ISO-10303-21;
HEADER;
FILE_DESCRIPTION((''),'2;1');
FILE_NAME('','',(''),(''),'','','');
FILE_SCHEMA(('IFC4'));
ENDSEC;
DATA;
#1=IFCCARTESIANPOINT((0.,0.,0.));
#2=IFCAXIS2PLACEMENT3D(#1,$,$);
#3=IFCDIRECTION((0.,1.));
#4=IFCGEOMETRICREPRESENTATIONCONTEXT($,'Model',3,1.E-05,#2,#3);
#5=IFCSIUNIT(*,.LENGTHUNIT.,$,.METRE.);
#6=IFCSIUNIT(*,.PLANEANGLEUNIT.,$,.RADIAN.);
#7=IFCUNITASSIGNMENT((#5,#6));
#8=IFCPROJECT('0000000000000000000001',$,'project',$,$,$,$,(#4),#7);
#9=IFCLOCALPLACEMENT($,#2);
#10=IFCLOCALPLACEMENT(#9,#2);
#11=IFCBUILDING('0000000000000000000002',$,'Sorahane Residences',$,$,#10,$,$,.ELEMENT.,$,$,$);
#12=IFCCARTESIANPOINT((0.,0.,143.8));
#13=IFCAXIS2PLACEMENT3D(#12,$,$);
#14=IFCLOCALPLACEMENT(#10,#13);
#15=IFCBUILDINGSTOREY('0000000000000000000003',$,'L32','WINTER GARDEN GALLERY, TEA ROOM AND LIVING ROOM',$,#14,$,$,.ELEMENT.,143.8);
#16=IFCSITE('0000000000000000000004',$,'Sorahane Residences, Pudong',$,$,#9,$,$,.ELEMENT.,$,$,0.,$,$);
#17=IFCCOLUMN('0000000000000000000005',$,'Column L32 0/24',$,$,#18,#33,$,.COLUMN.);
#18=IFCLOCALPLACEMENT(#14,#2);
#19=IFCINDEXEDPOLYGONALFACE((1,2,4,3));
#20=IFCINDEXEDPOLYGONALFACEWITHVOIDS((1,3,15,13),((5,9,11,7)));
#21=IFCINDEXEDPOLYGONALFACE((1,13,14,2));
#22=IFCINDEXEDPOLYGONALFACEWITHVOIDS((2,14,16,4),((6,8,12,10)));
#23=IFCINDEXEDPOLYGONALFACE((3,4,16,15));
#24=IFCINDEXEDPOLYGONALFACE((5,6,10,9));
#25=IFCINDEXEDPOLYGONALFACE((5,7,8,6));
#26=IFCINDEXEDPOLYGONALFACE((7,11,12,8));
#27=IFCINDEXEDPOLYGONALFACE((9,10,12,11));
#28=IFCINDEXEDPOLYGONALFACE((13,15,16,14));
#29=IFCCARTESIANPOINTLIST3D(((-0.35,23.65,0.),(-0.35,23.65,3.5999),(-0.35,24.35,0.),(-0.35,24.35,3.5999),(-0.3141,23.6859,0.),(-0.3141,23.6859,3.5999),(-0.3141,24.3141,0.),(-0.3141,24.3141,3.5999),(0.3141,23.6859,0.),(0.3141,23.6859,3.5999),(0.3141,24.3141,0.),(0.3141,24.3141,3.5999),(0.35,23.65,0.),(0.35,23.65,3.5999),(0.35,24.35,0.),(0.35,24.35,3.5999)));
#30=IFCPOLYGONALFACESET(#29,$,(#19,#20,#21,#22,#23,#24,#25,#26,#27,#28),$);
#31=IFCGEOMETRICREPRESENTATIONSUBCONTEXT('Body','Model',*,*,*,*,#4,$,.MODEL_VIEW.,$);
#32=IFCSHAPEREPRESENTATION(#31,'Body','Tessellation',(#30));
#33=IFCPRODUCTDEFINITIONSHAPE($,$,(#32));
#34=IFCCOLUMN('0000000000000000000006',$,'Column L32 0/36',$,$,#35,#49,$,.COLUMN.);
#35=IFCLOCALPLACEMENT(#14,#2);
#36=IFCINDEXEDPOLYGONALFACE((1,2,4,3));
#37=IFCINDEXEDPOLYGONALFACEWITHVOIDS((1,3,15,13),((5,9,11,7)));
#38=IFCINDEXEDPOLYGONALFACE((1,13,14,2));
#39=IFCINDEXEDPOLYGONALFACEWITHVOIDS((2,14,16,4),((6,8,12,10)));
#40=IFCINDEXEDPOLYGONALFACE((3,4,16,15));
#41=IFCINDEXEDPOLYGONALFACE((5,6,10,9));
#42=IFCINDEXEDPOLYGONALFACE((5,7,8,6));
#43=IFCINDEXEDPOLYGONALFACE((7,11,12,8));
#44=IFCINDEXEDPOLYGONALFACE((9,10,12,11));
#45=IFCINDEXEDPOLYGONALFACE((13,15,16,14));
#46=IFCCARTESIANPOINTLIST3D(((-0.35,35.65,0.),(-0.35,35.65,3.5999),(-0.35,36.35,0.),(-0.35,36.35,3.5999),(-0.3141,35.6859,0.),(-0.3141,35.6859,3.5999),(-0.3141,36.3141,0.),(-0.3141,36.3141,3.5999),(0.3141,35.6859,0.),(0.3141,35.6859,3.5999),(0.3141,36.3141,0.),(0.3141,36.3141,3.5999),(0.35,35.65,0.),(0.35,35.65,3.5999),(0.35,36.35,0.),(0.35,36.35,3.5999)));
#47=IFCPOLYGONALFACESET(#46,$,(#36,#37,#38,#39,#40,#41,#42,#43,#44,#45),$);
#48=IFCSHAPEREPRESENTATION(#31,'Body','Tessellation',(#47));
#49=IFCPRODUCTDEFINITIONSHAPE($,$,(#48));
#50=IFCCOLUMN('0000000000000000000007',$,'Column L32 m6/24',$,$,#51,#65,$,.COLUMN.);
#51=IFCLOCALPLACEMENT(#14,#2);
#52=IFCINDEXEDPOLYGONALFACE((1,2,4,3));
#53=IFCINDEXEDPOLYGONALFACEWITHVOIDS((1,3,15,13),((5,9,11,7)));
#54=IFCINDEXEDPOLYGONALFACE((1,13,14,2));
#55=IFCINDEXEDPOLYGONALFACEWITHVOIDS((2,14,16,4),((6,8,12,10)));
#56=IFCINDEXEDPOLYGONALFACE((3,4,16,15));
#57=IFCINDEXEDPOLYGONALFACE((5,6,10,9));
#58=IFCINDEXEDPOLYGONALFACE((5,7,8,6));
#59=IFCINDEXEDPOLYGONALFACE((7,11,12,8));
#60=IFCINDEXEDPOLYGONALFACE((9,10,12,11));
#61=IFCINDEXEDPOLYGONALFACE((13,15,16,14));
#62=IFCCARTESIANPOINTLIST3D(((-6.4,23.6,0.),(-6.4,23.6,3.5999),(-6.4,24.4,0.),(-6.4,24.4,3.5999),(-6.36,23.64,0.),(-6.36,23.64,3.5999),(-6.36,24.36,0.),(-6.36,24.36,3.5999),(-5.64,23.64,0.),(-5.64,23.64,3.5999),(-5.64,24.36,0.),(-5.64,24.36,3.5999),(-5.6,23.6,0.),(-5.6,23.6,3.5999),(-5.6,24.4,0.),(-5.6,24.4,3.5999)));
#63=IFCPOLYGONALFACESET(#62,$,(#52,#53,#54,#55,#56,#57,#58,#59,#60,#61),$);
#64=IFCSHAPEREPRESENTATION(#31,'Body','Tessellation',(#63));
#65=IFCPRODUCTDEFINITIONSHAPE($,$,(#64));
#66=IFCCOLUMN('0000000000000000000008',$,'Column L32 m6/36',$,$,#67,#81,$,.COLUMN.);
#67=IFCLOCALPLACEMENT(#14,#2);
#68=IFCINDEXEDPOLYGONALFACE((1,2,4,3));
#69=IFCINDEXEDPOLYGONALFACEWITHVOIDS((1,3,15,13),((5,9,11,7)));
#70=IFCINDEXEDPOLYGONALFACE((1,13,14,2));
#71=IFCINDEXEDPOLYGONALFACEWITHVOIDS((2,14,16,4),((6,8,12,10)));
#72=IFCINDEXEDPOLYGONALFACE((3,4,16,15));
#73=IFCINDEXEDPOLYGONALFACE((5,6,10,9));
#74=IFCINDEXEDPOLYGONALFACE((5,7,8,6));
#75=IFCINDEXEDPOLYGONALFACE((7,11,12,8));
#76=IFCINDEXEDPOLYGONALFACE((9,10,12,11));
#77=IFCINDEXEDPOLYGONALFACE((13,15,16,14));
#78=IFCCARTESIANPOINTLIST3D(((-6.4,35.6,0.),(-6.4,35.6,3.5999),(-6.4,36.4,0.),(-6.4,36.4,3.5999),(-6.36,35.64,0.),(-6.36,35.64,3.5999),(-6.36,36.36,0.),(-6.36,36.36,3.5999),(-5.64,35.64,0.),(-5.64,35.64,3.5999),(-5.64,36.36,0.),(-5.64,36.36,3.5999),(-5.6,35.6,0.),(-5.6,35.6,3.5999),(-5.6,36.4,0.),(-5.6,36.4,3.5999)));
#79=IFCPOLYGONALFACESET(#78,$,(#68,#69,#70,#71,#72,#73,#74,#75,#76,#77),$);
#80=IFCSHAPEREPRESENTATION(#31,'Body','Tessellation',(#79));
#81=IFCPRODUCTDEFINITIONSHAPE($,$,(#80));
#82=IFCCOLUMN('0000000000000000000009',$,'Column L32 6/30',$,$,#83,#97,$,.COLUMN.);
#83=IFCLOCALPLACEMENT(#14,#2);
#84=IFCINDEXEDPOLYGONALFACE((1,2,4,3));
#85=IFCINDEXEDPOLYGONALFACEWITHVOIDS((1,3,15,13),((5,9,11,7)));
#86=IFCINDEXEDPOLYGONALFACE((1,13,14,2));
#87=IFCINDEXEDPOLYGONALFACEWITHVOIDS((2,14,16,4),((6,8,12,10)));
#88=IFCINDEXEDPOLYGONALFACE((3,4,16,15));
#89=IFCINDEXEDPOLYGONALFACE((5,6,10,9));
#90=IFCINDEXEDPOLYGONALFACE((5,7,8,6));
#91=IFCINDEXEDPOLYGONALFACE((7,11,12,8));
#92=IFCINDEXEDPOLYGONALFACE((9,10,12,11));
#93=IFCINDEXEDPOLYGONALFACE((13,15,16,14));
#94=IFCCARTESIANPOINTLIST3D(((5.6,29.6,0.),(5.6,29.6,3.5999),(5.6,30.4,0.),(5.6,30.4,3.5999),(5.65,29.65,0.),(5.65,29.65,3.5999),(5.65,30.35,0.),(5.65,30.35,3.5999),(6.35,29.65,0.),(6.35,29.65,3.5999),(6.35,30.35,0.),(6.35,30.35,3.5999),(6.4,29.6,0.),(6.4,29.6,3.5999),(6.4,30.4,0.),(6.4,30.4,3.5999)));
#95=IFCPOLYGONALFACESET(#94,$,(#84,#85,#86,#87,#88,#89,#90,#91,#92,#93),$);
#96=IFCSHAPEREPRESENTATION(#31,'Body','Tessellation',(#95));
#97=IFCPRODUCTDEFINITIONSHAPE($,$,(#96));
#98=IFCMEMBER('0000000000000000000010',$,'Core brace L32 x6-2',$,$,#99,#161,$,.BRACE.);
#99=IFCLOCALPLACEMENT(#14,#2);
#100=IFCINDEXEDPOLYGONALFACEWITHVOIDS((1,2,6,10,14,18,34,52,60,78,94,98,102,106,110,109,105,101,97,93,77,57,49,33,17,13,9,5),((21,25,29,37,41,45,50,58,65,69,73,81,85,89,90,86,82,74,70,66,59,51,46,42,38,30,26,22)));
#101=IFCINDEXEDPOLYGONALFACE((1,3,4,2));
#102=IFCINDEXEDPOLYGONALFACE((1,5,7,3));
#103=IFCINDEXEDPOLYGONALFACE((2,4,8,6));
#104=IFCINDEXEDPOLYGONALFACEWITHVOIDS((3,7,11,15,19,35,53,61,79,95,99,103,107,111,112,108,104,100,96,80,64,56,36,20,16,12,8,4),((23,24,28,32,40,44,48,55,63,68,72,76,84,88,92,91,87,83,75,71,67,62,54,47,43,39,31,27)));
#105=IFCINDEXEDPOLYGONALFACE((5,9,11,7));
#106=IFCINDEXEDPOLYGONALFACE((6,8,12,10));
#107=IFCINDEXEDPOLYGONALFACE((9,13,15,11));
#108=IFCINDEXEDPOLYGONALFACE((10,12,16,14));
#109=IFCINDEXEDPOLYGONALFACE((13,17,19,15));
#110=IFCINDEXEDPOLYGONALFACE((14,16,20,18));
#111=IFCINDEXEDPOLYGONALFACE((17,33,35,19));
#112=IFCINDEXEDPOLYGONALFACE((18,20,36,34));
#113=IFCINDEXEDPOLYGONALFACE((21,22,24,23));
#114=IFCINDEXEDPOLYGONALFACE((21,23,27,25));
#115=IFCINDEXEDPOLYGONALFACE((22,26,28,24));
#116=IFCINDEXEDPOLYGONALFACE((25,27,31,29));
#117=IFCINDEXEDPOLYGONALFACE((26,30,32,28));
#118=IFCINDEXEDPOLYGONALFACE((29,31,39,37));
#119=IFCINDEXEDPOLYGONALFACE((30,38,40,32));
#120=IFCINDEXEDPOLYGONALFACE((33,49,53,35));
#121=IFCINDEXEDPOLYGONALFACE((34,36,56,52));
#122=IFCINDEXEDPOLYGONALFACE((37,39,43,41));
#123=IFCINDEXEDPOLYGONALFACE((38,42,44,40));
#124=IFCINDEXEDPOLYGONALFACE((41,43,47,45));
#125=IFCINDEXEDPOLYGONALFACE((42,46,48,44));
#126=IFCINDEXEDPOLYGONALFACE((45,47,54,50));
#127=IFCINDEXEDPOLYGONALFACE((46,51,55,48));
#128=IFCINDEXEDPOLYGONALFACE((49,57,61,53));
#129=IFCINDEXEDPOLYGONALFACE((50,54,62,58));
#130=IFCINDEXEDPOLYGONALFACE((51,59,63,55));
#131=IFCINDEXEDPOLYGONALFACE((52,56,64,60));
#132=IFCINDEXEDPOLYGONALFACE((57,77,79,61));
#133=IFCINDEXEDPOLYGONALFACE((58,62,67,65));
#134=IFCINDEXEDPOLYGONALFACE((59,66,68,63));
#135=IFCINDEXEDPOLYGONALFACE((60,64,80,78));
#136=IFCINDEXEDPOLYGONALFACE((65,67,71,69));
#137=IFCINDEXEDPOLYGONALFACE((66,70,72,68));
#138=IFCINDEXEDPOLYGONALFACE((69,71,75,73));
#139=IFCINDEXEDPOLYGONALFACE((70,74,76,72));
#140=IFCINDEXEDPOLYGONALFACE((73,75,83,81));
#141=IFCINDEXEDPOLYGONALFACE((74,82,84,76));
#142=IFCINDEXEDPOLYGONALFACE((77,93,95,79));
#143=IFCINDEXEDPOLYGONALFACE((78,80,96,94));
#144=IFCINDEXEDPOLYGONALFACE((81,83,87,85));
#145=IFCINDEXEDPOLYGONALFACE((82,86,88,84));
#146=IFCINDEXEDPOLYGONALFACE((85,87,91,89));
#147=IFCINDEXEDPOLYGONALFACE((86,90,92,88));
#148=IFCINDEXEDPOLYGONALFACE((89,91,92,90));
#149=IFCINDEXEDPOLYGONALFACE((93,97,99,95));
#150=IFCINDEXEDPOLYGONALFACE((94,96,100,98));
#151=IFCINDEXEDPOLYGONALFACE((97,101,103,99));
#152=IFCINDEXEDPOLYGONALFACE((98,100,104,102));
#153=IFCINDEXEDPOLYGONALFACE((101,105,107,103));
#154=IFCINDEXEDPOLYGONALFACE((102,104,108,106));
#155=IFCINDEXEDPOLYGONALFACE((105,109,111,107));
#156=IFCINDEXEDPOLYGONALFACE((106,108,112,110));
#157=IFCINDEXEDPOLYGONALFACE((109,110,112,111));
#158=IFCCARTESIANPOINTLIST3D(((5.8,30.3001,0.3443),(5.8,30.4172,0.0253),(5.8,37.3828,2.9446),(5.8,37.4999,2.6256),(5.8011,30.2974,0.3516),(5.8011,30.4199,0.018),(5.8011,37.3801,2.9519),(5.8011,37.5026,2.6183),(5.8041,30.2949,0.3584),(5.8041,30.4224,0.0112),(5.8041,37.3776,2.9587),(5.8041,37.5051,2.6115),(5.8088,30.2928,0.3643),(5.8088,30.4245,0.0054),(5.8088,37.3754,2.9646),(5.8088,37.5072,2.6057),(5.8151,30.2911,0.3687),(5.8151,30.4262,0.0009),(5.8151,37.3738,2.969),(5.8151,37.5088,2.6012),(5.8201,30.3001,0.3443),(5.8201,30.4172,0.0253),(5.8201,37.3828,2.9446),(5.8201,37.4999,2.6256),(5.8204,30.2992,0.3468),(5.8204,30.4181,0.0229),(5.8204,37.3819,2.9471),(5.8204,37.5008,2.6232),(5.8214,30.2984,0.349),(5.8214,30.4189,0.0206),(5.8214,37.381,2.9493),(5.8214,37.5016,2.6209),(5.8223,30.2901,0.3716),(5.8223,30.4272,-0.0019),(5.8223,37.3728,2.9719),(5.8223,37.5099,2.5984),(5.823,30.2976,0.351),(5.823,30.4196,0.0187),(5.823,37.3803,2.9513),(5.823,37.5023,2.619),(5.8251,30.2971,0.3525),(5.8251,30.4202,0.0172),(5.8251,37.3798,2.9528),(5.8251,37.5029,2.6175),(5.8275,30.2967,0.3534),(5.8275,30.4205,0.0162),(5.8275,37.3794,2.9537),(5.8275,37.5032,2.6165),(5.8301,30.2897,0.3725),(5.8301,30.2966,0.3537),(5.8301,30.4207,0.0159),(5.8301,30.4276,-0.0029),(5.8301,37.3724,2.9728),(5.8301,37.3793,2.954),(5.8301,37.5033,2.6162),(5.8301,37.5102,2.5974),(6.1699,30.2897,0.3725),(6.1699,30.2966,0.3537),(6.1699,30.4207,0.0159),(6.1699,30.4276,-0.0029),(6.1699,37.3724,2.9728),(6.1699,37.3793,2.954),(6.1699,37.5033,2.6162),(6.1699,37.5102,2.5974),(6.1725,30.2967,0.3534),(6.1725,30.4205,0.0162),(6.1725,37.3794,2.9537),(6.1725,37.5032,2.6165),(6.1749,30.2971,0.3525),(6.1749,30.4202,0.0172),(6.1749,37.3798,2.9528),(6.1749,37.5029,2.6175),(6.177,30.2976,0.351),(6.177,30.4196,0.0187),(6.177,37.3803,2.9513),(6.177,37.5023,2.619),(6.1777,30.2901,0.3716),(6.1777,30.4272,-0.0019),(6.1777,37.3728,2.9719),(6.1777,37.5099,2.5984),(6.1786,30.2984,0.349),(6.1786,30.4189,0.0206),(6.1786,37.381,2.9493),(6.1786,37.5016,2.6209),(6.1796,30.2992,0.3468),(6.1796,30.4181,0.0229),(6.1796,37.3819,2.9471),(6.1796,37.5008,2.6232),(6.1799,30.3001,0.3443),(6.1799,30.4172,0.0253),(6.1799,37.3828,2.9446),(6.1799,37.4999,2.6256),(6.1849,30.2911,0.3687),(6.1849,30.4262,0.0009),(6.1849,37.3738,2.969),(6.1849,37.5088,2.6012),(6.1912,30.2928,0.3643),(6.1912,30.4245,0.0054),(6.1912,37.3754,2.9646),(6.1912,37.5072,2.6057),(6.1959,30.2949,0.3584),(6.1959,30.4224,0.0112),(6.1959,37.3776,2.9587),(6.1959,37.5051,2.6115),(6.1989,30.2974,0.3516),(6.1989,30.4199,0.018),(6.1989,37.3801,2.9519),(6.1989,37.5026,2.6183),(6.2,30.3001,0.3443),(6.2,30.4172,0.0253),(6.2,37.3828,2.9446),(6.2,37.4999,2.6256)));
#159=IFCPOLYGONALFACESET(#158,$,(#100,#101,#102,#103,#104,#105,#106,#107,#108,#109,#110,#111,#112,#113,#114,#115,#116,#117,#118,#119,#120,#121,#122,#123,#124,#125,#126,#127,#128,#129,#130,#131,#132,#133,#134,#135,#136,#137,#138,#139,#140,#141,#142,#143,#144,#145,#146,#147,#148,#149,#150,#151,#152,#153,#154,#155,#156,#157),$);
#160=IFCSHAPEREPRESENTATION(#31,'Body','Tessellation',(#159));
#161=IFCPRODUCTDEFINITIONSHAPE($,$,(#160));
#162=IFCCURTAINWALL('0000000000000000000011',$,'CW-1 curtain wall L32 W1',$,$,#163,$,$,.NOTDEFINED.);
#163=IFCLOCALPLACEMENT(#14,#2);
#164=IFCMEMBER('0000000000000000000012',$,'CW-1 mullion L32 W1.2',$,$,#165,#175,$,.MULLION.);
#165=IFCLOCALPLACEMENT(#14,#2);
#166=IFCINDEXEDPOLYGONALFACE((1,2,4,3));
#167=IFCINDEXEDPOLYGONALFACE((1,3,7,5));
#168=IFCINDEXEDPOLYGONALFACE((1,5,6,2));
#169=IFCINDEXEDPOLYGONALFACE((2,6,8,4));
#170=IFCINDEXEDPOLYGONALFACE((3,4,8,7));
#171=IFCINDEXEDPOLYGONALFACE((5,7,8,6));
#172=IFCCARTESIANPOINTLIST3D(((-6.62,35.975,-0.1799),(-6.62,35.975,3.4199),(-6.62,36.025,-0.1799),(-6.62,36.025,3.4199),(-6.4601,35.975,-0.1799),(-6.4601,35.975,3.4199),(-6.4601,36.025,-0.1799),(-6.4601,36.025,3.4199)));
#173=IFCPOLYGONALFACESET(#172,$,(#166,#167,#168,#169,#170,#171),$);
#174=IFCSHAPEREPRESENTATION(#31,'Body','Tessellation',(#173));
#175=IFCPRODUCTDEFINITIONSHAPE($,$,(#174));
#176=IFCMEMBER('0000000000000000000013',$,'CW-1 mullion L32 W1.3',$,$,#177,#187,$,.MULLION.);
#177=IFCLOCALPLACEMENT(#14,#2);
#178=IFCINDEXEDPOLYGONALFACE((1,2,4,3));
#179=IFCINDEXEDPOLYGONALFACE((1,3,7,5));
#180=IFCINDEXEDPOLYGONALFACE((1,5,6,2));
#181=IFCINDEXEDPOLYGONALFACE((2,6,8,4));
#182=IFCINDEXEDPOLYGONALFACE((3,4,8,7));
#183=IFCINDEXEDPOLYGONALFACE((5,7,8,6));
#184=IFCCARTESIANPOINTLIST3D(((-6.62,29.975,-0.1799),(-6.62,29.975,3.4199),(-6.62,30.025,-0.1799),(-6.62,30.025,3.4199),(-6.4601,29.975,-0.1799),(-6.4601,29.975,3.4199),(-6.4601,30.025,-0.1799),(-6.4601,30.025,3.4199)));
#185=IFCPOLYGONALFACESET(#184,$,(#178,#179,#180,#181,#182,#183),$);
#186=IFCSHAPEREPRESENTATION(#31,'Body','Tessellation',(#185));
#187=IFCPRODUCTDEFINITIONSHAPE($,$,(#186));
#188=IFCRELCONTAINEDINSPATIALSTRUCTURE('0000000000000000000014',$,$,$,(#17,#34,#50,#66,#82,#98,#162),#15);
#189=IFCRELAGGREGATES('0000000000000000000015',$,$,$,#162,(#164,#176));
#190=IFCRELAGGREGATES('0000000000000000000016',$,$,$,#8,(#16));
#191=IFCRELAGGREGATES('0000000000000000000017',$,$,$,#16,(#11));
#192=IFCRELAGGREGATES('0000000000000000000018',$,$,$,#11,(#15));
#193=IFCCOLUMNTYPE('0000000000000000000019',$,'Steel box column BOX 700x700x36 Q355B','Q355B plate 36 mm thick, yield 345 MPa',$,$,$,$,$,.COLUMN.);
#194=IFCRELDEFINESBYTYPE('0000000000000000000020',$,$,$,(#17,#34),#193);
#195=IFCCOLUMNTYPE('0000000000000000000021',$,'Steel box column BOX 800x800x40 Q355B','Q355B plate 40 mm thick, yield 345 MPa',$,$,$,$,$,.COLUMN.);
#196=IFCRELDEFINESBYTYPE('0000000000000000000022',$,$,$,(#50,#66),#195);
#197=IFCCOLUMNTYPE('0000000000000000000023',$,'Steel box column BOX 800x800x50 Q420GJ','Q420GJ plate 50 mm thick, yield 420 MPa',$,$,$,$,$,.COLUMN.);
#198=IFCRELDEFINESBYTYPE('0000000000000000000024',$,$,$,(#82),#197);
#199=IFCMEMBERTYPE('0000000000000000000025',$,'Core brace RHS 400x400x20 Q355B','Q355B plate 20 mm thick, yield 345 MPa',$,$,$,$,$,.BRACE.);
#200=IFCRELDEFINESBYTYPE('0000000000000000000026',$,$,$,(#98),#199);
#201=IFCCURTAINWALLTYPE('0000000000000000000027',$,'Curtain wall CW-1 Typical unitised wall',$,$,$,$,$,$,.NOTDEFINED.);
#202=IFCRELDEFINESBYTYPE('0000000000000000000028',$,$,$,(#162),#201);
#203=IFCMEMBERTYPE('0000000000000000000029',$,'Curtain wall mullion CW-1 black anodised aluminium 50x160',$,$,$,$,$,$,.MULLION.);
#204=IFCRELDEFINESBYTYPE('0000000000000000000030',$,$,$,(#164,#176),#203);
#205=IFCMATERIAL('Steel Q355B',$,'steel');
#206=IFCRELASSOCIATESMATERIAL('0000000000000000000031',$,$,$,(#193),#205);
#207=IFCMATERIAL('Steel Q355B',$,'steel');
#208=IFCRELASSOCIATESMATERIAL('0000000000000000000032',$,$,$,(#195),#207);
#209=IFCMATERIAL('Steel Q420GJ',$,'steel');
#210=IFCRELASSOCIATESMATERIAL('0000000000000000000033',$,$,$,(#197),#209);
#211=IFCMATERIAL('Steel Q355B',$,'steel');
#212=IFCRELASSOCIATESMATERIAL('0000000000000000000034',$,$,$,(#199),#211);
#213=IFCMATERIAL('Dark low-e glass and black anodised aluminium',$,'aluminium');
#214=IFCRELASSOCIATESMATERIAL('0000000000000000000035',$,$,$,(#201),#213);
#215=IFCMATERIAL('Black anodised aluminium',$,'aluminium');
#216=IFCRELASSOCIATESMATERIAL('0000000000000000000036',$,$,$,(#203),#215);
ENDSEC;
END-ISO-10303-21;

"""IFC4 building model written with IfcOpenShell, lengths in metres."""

from ifc_helpers import new_model, si_unit, direction, frame, origin, origin_2d, place, context, subcontext, project, spatial, rectangle, hollow_rectangle, extrude, material, material_profile, profile_set, type_object, element, aggregate, save


model = new_model("IFC4")

# Units and contexts
model_context = context("Model", 3, precision=1e-05, world=origin(), true_north=direction((0.0, 1.0)))
body_context = subcontext(model_context, "Body", "Model", "MODEL_VIEW")
ifc_project = project(units=[si_unit("LENGTHUNIT", "METRE"), si_unit("PLANEANGLEUNIT", "RADIAN")], contexts=[model_context])

# Site, building, storey
site_placement = place(None, origin())
site = spatial("IfcSite", under=ifc_project, at=site_placement, Name="Sorahane Residences, Pudong", CompositionType="ELEMENT", RefElevation=0.0)
building_placement = place(site_placement, origin())
building = spatial("IfcBuilding", under=site, at=building_placement, Name="Sorahane Residences", CompositionType="ELEMENT")
storey_placement = place(building_placement, frame((0.0, 0.0, 143.8)))
storey = spatial("IfcBuildingStorey", under=building, at=storey_placement, Name="L32", Description="WINTER GARDEN GALLERY, TEA ROOM AND LIVING ROOM", CompositionType="ELEMENT", Elevation=143.8)

# Columns
ifc_material_1 = material(Name="Steel Q355B", Category="steel")
ifc_material_profile_1 = material_profile(ifc_material_1, hollow_rectangle(XDim=0.7, YDim=0.7, WallThickness=0.0359, at=origin_2d()), Name="BOX 700x700x36")
ifc_profile_set_1 = profile_set([ifc_material_profile_1], Name="Steel Q355B")
column_type_1 = type_object("IfcColumnType", Name="Steel box column BOX 700x700x36 Q355B", Description="Q355B plate 36 mm thick, yield 345 MPa", PredefinedType="COLUMN", material=ifc_profile_set_1)
for number, where, z_axis, x_axis, name in (
    (1, (0.0, 24.0, 0.0), (0.0, 0.0, 1.0), (1.0, 0.0, 0.0), "Column L32 0/24"),
    (2, (0.0, 36.0, 0.0), (0.0, 0.0, 1.0), (1.0, 0.0, 0.0), "Column L32 0/36"),
):
    element("IfcColumn", number, at=place(storey_placement, frame(where, z_axis=z_axis, x_axis=x_axis)), inside=storey, type_object=column_type_1, Name=name, PredefinedType="COLUMN", context=body_context, shape_type="SweptSolid", body=[
        extrude(hollow_rectangle(XDim=0.7, YDim=0.7, WallThickness=0.0359, at=origin_2d()), origin(), (0.0, 0.0, 1.0), 3.5999),
    ])
ifc_material_2 = material(Name="Steel Q355B", Category="steel")
ifc_material_profile_2 = material_profile(ifc_material_2, hollow_rectangle(XDim=0.8, YDim=0.8, WallThickness=0.04, at=origin_2d()), Name="BOX 800x800x40")
ifc_profile_set_2 = profile_set([ifc_material_profile_2], Name="Steel Q355B")
column_type_2 = type_object("IfcColumnType", Name="Steel box column BOX 800x800x40 Q355B", Description="Q355B plate 40 mm thick, yield 345 MPa", PredefinedType="COLUMN", material=ifc_profile_set_2)
for number, where, z_axis, x_axis, name in (
    (3, (-6.0, 24.0, 0.0), (0.0, 0.0, 1.0), (1.0, 0.0, 0.0), "Column L32 m6/24"),
    (4, (-6.0, 36.0, 0.0), (0.0, 0.0, 1.0), (1.0, 0.0, 0.0), "Column L32 m6/36"),
):
    element("IfcColumn", number, at=place(storey_placement, frame(where, z_axis=z_axis, x_axis=x_axis)), inside=storey, type_object=column_type_2, Name=name, PredefinedType="COLUMN", context=body_context, shape_type="SweptSolid", body=[
        extrude(hollow_rectangle(XDim=0.8, YDim=0.8, WallThickness=0.04, at=origin_2d()), origin(), (0.0, 0.0, 1.0), 3.5999),
    ])
ifc_material_3 = material(Name="Steel Q420GJ", Category="steel")
ifc_material_profile_3 = material_profile(ifc_material_3, hollow_rectangle(XDim=0.8, YDim=0.8, WallThickness=0.05, at=origin_2d()), Name="BOX 800x800x50")
ifc_profile_set_3 = profile_set([ifc_material_profile_3], Name="Steel Q420GJ")
column_type_3 = type_object("IfcColumnType", Name="Steel box column BOX 800x800x50 Q420GJ", Description="Q420GJ plate 50 mm thick, yield 420 MPa", PredefinedType="COLUMN", material=ifc_profile_set_3)
column_placement = place(storey_placement, frame((6.0, 30.0, 0.0), z_axis=(0.0, 0.0, 1.0), x_axis=(1.0, 0.0, 0.0)))
element("IfcColumn", 5, at=column_placement, inside=storey, type_object=column_type_3, Name="Column L32 6/30", PredefinedType="COLUMN", context=body_context, shape_type="SweptSolid", body=[
    extrude(hollow_rectangle(XDim=0.8, YDim=0.8, WallThickness=0.05, at=origin_2d()), origin(), (0.0, 0.0, 1.0), 3.5999),
])

# Member
ifc_material_4 = material(Name="Steel Q355B", Category="steel")
ifc_material_profile_4 = material_profile(ifc_material_4, hollow_rectangle(XDim=0.3999, YDim=0.3999, WallThickness=0.02, InnerFilletRadius=0.01, OuterFilletRadius=0.03, at=origin_2d()), Name="RHS 400x400x20")
ifc_profile_set_4 = profile_set([ifc_material_profile_4], Name="Steel Q355B")
member_type_1 = type_object("IfcMemberType", Name="Core brace RHS 400x400x20 Q355B", Description="Q355B plate 20 mm thick, yield 345 MPa", PredefinedType="BRACE", material=ifc_profile_set_4)
member_1_placement = place(storey_placement, frame((6.0, 30.3586, 0.1848), z_axis=(0.0, 0.938734, 0.344643), x_axis=(-1.0, 0.0, 0.0)))
element("IfcMember", 6, at=member_1_placement, inside=storey, type_object=member_type_1, Name="Core brace L32 x6-2", PredefinedType="BRACE", context=body_context, shape_type="SweptSolid", body=[
    extrude(hollow_rectangle(XDim=0.3999, YDim=0.3999, WallThickness=0.02, InnerFilletRadius=0.01, OuterFilletRadius=0.03, at=origin_2d()), origin(), (0.0, 0.0, 1.0), 7.5449),
])

# Curtain wall, members
ifc_material_5 = material(Name="Dark low-e glass and black anodised aluminium", Category="aluminium")
curtain_wall_type = type_object("IfcCurtainWallType", Name="Curtain wall CW-1 Typical unitised wall", PredefinedType="NOTDEFINED", material=ifc_material_5)
curtain_wall_placement = place(storey_placement, origin())
curtain_wall = element("IfcCurtainWall", 7, at=curtain_wall_placement, inside=storey, type_object=curtain_wall_type, Name="CW-1 curtain wall L32 W1", PredefinedType="NOTDEFINED")
ifc_material_6 = material(Name="Black anodised aluminium", Category="aluminium")
ifc_material_profile_5 = material_profile(ifc_material_6, rectangle(XDim=0.1599, YDim=0.05, at=origin_2d()), Name="Curtain wall mullion CW-1 black anodised aluminium 50x160")
ifc_profile_set_5 = profile_set([ifc_material_profile_5], Name="Black anodised aluminium")
member_type_2 = type_object("IfcMemberType", Name="Curtain wall mullion CW-1 black anodised aluminium 50x160", PredefinedType="MULLION", material=ifc_profile_set_5)
member_2_placement = place(storey_placement, frame((-6.54, 36.0, -0.1799), z_axis=(0.0, 0.0, 1.0), x_axis=(-1.0, 0.0, 0.0)))
member_2 = element("IfcMember", 8, at=member_2_placement, type_object=member_type_2, Name="CW-1 mullion L32 W1.2", PredefinedType="MULLION", context=body_context, shape_type="SweptSolid", body=[
    extrude(rectangle(XDim=0.1599, YDim=0.05, at=origin_2d()), origin(), (0.0, 0.0, 1.0), 3.5999),
])
member_3_placement = place(storey_placement, frame((-6.54, 30.0, -0.1799), z_axis=(0.0, 0.0, 1.0), x_axis=(-1.0, 0.0, 0.0)))
member_3 = element("IfcMember", 9, at=member_3_placement, type_object=member_type_2, Name="CW-1 mullion L32 W1.3", PredefinedType="MULLION", context=body_context, shape_type="SweptSolid", body=[
    extrude(rectangle(XDim=0.1599, YDim=0.05, at=origin_2d()), origin(), (0.0, 0.0, 1.0), 3.5999),
])

aggregate(curtain_wall, [member_2, member_3])

save(model, "model.ifc")
